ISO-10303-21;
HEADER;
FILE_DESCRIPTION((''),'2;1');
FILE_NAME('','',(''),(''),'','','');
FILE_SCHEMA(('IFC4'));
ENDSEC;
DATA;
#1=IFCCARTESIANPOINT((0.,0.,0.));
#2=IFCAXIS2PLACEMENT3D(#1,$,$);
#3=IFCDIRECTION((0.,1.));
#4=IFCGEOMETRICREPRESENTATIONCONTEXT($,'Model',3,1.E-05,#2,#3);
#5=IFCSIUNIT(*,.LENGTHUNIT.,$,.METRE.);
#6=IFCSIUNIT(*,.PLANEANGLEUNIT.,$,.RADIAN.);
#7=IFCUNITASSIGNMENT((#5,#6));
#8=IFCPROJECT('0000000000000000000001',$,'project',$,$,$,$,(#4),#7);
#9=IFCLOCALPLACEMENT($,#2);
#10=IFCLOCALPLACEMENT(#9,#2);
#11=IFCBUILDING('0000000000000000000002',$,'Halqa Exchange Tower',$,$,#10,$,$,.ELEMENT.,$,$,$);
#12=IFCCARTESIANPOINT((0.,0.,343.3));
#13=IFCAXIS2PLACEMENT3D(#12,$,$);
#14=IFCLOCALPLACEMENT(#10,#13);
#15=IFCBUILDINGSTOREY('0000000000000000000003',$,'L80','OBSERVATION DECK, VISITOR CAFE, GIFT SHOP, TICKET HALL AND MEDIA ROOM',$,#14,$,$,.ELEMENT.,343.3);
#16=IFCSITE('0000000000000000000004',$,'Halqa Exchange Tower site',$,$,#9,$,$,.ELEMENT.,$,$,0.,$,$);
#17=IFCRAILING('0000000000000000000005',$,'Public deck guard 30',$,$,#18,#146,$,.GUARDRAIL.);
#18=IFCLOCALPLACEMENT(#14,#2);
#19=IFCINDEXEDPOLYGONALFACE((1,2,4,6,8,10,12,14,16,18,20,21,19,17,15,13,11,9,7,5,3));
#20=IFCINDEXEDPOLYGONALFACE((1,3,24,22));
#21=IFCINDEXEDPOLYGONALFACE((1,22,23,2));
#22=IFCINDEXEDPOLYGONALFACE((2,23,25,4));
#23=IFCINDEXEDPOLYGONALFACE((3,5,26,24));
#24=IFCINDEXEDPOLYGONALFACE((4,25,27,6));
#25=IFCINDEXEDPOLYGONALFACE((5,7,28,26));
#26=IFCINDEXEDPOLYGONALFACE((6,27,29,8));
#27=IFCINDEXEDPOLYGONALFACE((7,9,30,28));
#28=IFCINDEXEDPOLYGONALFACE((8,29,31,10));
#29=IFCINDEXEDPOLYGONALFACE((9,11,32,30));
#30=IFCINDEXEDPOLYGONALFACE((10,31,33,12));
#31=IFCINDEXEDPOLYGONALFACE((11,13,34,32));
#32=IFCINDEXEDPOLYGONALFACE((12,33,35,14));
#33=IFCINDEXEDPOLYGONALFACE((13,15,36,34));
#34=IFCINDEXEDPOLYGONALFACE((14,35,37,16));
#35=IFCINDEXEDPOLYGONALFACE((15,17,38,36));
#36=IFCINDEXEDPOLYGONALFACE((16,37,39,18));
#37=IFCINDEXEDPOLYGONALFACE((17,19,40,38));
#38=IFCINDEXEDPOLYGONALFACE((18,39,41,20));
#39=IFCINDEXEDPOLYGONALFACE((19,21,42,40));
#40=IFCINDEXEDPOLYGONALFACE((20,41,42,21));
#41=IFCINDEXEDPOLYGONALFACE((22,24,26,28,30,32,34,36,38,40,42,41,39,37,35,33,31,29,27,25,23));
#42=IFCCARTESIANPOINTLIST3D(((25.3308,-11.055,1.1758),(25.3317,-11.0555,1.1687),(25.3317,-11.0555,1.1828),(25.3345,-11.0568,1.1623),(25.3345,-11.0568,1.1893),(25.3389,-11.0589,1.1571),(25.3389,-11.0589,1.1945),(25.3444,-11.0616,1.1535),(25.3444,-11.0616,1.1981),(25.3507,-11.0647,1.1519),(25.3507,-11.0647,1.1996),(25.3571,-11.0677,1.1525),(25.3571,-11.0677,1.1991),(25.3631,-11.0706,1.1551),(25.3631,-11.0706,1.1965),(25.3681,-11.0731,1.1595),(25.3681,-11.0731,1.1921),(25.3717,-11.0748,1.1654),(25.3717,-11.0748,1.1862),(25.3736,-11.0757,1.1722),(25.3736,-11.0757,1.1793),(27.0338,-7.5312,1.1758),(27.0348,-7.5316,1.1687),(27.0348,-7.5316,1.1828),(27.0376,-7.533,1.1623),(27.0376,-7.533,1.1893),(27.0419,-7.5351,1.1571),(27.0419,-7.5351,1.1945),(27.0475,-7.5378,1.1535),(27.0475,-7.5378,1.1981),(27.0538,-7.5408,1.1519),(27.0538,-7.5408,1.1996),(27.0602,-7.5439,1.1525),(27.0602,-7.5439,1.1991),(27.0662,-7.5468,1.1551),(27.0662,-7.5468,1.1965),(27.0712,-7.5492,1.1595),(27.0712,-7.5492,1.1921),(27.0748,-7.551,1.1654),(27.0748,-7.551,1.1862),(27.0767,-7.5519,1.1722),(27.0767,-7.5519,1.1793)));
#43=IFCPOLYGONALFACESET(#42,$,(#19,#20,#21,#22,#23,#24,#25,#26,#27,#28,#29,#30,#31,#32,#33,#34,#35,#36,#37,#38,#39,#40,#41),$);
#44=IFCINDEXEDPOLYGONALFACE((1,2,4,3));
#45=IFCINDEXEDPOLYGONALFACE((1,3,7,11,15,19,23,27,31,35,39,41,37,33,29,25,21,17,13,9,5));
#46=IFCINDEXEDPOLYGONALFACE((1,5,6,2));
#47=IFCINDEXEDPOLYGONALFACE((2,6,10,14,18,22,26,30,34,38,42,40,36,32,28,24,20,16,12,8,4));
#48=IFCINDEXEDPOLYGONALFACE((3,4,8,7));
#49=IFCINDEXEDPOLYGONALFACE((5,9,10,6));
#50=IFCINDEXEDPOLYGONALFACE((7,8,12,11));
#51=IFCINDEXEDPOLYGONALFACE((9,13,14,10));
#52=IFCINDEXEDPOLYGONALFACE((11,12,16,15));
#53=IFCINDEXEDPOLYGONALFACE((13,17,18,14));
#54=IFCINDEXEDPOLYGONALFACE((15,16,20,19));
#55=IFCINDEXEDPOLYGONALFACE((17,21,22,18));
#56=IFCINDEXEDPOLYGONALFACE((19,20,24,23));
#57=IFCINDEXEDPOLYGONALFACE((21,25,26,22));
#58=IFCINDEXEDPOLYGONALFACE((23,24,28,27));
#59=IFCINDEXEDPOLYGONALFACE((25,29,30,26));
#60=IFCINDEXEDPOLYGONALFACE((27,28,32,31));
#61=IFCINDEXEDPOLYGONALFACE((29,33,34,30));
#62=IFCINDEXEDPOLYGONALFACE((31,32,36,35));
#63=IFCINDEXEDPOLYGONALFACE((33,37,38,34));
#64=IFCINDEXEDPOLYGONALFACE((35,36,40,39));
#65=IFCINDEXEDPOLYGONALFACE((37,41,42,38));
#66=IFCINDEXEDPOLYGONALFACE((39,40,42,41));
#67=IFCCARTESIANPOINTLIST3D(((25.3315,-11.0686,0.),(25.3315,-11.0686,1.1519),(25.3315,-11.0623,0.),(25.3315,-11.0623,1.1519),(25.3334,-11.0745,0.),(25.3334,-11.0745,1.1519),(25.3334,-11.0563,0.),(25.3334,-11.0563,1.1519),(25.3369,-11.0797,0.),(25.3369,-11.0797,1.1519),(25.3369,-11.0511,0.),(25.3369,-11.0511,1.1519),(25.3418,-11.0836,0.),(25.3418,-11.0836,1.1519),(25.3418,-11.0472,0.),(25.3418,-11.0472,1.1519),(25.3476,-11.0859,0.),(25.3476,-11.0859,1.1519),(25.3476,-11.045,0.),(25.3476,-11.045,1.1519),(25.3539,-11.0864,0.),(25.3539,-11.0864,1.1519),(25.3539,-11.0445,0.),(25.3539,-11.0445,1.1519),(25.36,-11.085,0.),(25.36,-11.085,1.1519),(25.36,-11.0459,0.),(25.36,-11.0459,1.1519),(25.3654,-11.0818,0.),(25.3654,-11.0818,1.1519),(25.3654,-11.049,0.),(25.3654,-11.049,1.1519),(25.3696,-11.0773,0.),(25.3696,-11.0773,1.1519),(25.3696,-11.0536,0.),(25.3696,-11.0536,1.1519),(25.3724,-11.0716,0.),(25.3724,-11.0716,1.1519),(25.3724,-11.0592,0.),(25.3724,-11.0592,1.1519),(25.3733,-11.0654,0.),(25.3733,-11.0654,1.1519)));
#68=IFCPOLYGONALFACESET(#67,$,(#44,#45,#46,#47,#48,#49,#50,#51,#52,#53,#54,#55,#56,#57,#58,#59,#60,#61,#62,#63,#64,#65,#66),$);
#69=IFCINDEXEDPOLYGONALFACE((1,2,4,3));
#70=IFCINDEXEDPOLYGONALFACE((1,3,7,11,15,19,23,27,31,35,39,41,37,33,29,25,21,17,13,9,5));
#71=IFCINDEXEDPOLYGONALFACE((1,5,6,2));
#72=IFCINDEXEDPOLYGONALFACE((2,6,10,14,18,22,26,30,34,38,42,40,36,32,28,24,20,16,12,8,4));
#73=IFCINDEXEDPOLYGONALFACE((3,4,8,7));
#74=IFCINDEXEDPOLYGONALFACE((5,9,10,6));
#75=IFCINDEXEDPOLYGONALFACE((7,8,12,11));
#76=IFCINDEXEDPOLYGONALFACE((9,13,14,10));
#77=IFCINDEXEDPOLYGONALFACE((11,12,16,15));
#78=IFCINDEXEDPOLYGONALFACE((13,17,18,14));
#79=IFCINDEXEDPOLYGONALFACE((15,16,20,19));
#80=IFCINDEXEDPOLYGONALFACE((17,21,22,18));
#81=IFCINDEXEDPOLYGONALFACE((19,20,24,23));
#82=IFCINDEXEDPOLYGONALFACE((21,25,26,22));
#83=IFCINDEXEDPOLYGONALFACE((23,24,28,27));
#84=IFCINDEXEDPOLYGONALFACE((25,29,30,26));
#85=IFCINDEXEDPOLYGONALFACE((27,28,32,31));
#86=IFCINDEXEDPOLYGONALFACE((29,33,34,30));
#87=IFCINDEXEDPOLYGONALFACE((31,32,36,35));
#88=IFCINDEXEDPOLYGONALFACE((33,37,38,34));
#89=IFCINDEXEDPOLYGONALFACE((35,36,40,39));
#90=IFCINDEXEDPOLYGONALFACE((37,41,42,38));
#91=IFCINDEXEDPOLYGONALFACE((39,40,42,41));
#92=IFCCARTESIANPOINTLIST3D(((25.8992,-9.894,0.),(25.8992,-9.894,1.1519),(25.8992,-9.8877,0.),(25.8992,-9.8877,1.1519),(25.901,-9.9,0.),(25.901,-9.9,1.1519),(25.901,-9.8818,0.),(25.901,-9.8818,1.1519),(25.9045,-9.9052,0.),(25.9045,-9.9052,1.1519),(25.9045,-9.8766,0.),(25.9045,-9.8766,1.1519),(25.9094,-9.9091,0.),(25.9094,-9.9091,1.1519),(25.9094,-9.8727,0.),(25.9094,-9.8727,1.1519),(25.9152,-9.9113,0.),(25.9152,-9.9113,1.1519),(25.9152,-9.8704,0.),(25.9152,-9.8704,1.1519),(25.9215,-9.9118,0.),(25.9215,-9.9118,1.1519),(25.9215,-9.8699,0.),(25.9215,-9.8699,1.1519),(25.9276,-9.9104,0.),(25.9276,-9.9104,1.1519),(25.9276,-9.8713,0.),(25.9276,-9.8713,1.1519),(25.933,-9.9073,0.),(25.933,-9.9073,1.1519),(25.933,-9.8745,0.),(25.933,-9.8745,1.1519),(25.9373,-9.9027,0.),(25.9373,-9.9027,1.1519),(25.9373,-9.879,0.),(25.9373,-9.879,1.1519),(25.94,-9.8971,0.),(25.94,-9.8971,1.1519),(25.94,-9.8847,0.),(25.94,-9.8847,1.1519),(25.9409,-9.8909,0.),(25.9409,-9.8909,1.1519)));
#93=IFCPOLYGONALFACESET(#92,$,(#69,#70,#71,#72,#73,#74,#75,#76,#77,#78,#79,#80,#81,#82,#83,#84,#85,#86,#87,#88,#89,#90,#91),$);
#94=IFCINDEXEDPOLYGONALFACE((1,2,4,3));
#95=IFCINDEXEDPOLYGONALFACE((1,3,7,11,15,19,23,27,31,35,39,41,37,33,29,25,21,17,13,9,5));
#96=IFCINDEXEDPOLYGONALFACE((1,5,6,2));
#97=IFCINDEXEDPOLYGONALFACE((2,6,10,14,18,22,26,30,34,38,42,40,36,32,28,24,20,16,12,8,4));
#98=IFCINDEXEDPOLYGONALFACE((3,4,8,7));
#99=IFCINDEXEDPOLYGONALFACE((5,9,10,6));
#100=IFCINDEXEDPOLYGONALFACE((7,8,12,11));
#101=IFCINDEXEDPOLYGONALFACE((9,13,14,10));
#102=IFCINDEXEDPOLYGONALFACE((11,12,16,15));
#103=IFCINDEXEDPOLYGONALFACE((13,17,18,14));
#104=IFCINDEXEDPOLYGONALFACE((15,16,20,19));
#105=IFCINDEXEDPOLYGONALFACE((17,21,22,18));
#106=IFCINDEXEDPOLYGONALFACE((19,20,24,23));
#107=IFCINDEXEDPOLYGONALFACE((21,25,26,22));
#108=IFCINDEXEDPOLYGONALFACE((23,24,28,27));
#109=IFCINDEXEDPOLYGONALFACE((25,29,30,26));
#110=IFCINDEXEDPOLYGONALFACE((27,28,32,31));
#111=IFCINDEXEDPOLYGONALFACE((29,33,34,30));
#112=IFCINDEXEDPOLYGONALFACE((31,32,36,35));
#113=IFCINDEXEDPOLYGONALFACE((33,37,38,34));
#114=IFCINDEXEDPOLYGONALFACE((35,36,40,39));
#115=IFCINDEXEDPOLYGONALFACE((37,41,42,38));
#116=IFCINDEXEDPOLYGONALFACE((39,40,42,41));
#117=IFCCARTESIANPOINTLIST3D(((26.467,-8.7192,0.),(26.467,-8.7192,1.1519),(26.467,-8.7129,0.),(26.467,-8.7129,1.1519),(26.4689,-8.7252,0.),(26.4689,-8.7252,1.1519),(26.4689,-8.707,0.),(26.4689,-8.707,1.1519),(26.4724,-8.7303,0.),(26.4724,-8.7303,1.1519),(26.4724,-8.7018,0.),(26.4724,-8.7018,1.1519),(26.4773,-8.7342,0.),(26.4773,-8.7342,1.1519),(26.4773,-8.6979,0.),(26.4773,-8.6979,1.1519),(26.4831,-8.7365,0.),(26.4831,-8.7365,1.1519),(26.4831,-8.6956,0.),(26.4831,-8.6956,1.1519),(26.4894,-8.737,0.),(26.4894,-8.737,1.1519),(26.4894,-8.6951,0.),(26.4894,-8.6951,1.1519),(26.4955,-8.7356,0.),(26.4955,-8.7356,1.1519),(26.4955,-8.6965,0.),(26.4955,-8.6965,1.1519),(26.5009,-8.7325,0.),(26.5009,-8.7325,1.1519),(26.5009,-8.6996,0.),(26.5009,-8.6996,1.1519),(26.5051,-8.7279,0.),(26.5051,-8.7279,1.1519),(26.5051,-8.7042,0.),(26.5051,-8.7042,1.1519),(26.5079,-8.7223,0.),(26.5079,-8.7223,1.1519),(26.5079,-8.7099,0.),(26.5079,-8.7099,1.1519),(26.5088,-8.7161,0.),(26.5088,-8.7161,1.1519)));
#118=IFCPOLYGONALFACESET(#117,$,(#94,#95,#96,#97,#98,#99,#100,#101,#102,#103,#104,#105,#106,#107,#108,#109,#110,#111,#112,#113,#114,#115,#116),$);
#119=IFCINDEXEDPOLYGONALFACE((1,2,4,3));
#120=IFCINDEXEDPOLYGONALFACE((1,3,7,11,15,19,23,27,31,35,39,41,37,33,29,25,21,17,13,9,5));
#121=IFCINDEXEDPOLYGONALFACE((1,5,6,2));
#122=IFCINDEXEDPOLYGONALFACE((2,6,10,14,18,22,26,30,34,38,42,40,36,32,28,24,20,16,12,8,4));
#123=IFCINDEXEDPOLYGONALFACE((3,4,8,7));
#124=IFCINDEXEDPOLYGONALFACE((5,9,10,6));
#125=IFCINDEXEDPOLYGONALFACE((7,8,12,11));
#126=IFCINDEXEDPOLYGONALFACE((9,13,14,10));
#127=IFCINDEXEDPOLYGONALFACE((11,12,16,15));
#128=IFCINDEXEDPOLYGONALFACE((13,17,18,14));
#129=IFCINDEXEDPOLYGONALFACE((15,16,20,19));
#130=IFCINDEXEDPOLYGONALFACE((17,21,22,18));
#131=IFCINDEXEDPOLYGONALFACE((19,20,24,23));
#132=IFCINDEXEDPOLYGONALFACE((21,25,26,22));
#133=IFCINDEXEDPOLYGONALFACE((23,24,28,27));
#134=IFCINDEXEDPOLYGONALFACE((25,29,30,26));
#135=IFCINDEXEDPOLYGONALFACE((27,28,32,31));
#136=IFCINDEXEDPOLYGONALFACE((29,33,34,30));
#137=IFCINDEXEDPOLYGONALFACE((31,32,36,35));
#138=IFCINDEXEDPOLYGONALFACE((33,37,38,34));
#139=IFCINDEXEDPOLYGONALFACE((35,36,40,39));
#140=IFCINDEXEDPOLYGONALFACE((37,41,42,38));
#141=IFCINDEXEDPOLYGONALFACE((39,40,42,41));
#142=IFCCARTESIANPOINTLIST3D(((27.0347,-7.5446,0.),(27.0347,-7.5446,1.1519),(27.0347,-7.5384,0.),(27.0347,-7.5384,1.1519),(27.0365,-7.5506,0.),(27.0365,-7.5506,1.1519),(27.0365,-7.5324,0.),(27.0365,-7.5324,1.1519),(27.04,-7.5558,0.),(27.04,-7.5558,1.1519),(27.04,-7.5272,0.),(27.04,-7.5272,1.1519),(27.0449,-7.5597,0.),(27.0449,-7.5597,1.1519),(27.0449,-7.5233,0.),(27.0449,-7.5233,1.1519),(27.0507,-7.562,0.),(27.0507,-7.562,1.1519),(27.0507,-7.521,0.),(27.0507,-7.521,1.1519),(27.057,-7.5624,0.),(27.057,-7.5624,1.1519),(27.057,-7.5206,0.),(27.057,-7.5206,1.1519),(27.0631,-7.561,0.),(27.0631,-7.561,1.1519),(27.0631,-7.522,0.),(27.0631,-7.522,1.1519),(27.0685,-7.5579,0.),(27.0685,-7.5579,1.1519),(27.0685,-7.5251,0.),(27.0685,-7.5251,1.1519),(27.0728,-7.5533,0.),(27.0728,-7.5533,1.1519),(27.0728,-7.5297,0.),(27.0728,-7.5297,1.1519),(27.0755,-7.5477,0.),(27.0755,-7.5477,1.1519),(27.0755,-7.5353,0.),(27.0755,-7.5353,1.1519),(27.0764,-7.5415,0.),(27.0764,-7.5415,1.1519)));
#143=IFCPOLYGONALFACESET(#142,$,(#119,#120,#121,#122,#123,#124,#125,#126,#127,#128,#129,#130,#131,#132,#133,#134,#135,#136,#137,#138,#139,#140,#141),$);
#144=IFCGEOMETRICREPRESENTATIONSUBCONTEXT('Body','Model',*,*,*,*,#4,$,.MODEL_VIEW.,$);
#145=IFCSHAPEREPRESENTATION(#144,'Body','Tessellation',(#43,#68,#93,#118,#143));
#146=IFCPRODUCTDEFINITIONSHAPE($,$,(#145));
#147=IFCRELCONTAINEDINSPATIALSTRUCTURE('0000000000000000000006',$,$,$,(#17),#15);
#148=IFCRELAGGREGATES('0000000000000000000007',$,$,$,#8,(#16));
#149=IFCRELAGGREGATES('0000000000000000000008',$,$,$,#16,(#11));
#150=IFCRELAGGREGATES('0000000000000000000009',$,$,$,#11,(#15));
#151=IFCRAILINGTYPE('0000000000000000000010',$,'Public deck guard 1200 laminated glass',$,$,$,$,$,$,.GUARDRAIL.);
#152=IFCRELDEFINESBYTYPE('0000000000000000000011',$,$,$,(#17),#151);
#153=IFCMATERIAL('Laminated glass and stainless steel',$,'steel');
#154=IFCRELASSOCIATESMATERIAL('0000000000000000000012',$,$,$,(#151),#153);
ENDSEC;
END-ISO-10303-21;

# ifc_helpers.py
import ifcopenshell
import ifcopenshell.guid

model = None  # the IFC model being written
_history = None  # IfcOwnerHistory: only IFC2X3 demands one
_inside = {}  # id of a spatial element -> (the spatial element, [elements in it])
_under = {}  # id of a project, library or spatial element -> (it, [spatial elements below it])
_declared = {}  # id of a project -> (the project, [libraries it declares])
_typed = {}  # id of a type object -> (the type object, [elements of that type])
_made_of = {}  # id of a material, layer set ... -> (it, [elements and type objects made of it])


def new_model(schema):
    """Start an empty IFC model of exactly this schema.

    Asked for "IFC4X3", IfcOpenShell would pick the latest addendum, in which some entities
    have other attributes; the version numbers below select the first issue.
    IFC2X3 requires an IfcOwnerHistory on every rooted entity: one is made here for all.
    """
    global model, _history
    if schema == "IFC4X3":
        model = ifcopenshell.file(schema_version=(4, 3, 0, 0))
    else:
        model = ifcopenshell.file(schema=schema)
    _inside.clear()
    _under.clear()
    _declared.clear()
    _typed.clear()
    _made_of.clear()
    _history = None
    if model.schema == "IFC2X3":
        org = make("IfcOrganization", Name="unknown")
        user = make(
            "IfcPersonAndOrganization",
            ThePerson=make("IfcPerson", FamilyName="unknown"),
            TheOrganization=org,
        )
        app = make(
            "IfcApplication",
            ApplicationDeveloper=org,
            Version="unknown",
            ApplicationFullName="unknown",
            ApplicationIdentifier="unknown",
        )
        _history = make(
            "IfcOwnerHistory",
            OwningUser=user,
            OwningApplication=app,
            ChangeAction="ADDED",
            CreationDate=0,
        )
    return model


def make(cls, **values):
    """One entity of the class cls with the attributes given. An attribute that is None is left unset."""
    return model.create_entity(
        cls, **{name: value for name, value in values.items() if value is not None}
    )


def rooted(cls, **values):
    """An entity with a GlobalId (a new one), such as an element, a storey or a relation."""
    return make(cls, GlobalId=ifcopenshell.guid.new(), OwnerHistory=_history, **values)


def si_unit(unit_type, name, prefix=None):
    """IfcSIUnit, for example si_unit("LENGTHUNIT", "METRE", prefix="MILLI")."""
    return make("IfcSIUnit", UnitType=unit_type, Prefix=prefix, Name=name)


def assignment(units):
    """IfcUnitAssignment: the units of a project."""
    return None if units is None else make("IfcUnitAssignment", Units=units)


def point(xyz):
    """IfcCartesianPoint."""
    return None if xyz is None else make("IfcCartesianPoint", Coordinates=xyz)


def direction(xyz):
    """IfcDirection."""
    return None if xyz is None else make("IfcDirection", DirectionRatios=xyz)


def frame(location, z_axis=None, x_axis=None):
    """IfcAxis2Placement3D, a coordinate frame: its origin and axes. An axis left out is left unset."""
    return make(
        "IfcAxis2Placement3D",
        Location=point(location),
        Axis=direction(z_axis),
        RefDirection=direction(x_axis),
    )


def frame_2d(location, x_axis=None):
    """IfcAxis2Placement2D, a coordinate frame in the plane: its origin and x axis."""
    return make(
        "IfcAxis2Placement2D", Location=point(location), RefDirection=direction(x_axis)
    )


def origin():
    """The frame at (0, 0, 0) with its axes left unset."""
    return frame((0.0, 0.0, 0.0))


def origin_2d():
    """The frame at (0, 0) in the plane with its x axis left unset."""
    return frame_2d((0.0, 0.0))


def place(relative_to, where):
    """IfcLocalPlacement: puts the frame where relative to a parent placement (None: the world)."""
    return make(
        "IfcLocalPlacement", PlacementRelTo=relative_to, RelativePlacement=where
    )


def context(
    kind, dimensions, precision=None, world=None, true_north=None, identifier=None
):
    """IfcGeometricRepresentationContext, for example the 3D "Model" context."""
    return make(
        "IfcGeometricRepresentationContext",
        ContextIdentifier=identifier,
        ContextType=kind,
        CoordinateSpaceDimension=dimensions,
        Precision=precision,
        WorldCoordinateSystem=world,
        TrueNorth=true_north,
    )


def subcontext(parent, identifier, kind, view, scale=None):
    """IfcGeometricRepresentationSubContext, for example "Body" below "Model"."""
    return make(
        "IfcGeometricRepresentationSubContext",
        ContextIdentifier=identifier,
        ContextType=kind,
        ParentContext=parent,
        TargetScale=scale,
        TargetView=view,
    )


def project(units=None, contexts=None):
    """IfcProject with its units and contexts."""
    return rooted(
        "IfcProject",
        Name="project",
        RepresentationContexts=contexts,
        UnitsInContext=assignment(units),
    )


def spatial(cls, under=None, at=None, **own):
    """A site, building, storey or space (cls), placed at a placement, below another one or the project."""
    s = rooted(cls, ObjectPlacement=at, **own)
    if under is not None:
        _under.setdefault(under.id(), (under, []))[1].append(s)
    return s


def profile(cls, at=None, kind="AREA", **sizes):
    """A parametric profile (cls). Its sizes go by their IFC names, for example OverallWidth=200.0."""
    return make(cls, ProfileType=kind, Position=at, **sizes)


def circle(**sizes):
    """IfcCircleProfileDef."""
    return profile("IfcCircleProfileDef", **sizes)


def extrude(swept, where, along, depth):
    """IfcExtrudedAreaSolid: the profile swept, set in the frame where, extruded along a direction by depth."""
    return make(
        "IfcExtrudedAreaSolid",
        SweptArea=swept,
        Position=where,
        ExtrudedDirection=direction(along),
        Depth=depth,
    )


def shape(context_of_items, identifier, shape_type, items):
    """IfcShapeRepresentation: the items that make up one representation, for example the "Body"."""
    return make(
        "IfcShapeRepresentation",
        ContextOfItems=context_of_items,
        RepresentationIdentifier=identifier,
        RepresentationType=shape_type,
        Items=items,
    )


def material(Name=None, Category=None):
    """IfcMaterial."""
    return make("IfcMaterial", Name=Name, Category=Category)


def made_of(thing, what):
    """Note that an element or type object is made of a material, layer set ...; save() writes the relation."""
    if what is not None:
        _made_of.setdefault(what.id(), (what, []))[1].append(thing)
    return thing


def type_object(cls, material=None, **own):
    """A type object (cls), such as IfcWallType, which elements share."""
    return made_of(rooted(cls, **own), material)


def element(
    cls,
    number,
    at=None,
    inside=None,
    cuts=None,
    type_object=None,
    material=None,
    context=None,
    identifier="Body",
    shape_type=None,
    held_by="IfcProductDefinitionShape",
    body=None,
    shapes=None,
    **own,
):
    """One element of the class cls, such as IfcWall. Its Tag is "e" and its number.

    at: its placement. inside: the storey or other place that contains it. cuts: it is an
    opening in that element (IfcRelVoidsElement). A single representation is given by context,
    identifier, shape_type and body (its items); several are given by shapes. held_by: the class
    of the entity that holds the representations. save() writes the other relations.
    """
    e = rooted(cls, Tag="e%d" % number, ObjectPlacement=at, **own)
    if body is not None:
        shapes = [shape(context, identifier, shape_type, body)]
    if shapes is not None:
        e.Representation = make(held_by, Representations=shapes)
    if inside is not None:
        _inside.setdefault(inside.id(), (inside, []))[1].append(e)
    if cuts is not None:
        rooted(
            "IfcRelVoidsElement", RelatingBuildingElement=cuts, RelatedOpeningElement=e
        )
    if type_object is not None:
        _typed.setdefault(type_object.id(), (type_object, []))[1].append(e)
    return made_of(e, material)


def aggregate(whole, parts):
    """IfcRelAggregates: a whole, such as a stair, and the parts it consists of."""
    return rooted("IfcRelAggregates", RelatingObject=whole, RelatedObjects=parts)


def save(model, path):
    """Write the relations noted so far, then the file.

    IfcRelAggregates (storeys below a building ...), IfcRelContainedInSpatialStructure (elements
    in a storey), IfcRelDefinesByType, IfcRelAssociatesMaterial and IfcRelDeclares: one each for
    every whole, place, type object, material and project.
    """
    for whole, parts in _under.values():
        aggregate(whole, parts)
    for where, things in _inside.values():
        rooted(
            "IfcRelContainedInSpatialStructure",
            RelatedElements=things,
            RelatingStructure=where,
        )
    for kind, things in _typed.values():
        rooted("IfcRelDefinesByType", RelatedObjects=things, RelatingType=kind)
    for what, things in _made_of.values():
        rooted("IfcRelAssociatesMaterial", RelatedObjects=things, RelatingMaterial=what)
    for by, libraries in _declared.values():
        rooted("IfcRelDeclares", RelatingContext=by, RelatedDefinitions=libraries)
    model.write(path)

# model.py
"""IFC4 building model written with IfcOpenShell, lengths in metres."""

from ifc_helpers import new_model, si_unit, direction, frame, origin, origin_2d, place, context, subcontext, project, spatial, circle, extrude, material, type_object, element, save


model = new_model("IFC4")

# Units and contexts
model_context = context("Model", 3, precision=1e-05, world=origin(), true_north=direction((0.0, 1.0)))
body_context = subcontext(model_context, "Body", "Model", "MODEL_VIEW")
ifc_project = project(units=[si_unit("LENGTHUNIT", "METRE"), si_unit("PLANEANGLEUNIT", "RADIAN")], contexts=[model_context])

# Site, building, storey
site_placement = place(None, origin())
site = spatial("IfcSite", under=ifc_project, at=site_placement, Name="Halqa Exchange Tower site", CompositionType="ELEMENT", RefElevation=0.0)
building_placement = place(site_placement, origin())
building = spatial("IfcBuilding", under=site, at=building_placement, Name="Halqa Exchange Tower", CompositionType="ELEMENT")
storey_placement = place(building_placement, frame((0.0, 0.0, 343.3)))
storey = spatial("IfcBuildingStorey", under=building, at=storey_placement, Name="L80", Description="OBSERVATION DECK, VISITOR CAFE, GIFT SHOP, TICKET HALL AND MEDIA ROOM", CompositionType="ELEMENT", Elevation=343.3)

# Railing
ifc_material_1 = material(Name="Laminated glass and stainless steel", Category="steel")
railing_type = type_object("IfcRailingType", Name="Public deck guard 1200 laminated glass", PredefinedType="GUARDRAIL", material=ifc_material_1)
railing_1_placement = place(storey_placement, frame((25.3523, -11.0654, 0.0)))
element("IfcRailing", 1, at=railing_1_placement, inside=storey, type_object=railing_type, Name="Public deck guard 30", PredefinedType="GUARDRAIL", context=body_context, shape_type="SweptSolid", body=[
    extrude(circle(Radius=0.0239, at=origin_2d()), frame((0.0, 0.0, 1.1758), z_axis=(0.435147, 0.90036, 0.0), x_axis=(-0.90036, 0.435147, 0.0)), (0.0, 0.0, 1.0), 3.9138),
    extrude(circle(Radius=0.021, at=origin_2d()), origin(), (0.0, 0.0, 1.0), 1.1519),
    extrude(circle(Radius=0.021, at=origin_2d()), frame((0.5676, 1.1746, 0.0)), (0.0, 0.0, 1.0), 1.1519),
    extrude(circle(Radius=0.021, at=origin_2d()), frame((1.1355, 2.3494, 0.0)), (0.0, 0.0, 1.0), 1.1519),
    extrude(circle(Radius=0.021, at=origin_2d()), frame((1.7031, 3.5239, 0.0)), (0.0, 0.0, 1.0), 1.1519),
])

save(model, "model.ifc")
